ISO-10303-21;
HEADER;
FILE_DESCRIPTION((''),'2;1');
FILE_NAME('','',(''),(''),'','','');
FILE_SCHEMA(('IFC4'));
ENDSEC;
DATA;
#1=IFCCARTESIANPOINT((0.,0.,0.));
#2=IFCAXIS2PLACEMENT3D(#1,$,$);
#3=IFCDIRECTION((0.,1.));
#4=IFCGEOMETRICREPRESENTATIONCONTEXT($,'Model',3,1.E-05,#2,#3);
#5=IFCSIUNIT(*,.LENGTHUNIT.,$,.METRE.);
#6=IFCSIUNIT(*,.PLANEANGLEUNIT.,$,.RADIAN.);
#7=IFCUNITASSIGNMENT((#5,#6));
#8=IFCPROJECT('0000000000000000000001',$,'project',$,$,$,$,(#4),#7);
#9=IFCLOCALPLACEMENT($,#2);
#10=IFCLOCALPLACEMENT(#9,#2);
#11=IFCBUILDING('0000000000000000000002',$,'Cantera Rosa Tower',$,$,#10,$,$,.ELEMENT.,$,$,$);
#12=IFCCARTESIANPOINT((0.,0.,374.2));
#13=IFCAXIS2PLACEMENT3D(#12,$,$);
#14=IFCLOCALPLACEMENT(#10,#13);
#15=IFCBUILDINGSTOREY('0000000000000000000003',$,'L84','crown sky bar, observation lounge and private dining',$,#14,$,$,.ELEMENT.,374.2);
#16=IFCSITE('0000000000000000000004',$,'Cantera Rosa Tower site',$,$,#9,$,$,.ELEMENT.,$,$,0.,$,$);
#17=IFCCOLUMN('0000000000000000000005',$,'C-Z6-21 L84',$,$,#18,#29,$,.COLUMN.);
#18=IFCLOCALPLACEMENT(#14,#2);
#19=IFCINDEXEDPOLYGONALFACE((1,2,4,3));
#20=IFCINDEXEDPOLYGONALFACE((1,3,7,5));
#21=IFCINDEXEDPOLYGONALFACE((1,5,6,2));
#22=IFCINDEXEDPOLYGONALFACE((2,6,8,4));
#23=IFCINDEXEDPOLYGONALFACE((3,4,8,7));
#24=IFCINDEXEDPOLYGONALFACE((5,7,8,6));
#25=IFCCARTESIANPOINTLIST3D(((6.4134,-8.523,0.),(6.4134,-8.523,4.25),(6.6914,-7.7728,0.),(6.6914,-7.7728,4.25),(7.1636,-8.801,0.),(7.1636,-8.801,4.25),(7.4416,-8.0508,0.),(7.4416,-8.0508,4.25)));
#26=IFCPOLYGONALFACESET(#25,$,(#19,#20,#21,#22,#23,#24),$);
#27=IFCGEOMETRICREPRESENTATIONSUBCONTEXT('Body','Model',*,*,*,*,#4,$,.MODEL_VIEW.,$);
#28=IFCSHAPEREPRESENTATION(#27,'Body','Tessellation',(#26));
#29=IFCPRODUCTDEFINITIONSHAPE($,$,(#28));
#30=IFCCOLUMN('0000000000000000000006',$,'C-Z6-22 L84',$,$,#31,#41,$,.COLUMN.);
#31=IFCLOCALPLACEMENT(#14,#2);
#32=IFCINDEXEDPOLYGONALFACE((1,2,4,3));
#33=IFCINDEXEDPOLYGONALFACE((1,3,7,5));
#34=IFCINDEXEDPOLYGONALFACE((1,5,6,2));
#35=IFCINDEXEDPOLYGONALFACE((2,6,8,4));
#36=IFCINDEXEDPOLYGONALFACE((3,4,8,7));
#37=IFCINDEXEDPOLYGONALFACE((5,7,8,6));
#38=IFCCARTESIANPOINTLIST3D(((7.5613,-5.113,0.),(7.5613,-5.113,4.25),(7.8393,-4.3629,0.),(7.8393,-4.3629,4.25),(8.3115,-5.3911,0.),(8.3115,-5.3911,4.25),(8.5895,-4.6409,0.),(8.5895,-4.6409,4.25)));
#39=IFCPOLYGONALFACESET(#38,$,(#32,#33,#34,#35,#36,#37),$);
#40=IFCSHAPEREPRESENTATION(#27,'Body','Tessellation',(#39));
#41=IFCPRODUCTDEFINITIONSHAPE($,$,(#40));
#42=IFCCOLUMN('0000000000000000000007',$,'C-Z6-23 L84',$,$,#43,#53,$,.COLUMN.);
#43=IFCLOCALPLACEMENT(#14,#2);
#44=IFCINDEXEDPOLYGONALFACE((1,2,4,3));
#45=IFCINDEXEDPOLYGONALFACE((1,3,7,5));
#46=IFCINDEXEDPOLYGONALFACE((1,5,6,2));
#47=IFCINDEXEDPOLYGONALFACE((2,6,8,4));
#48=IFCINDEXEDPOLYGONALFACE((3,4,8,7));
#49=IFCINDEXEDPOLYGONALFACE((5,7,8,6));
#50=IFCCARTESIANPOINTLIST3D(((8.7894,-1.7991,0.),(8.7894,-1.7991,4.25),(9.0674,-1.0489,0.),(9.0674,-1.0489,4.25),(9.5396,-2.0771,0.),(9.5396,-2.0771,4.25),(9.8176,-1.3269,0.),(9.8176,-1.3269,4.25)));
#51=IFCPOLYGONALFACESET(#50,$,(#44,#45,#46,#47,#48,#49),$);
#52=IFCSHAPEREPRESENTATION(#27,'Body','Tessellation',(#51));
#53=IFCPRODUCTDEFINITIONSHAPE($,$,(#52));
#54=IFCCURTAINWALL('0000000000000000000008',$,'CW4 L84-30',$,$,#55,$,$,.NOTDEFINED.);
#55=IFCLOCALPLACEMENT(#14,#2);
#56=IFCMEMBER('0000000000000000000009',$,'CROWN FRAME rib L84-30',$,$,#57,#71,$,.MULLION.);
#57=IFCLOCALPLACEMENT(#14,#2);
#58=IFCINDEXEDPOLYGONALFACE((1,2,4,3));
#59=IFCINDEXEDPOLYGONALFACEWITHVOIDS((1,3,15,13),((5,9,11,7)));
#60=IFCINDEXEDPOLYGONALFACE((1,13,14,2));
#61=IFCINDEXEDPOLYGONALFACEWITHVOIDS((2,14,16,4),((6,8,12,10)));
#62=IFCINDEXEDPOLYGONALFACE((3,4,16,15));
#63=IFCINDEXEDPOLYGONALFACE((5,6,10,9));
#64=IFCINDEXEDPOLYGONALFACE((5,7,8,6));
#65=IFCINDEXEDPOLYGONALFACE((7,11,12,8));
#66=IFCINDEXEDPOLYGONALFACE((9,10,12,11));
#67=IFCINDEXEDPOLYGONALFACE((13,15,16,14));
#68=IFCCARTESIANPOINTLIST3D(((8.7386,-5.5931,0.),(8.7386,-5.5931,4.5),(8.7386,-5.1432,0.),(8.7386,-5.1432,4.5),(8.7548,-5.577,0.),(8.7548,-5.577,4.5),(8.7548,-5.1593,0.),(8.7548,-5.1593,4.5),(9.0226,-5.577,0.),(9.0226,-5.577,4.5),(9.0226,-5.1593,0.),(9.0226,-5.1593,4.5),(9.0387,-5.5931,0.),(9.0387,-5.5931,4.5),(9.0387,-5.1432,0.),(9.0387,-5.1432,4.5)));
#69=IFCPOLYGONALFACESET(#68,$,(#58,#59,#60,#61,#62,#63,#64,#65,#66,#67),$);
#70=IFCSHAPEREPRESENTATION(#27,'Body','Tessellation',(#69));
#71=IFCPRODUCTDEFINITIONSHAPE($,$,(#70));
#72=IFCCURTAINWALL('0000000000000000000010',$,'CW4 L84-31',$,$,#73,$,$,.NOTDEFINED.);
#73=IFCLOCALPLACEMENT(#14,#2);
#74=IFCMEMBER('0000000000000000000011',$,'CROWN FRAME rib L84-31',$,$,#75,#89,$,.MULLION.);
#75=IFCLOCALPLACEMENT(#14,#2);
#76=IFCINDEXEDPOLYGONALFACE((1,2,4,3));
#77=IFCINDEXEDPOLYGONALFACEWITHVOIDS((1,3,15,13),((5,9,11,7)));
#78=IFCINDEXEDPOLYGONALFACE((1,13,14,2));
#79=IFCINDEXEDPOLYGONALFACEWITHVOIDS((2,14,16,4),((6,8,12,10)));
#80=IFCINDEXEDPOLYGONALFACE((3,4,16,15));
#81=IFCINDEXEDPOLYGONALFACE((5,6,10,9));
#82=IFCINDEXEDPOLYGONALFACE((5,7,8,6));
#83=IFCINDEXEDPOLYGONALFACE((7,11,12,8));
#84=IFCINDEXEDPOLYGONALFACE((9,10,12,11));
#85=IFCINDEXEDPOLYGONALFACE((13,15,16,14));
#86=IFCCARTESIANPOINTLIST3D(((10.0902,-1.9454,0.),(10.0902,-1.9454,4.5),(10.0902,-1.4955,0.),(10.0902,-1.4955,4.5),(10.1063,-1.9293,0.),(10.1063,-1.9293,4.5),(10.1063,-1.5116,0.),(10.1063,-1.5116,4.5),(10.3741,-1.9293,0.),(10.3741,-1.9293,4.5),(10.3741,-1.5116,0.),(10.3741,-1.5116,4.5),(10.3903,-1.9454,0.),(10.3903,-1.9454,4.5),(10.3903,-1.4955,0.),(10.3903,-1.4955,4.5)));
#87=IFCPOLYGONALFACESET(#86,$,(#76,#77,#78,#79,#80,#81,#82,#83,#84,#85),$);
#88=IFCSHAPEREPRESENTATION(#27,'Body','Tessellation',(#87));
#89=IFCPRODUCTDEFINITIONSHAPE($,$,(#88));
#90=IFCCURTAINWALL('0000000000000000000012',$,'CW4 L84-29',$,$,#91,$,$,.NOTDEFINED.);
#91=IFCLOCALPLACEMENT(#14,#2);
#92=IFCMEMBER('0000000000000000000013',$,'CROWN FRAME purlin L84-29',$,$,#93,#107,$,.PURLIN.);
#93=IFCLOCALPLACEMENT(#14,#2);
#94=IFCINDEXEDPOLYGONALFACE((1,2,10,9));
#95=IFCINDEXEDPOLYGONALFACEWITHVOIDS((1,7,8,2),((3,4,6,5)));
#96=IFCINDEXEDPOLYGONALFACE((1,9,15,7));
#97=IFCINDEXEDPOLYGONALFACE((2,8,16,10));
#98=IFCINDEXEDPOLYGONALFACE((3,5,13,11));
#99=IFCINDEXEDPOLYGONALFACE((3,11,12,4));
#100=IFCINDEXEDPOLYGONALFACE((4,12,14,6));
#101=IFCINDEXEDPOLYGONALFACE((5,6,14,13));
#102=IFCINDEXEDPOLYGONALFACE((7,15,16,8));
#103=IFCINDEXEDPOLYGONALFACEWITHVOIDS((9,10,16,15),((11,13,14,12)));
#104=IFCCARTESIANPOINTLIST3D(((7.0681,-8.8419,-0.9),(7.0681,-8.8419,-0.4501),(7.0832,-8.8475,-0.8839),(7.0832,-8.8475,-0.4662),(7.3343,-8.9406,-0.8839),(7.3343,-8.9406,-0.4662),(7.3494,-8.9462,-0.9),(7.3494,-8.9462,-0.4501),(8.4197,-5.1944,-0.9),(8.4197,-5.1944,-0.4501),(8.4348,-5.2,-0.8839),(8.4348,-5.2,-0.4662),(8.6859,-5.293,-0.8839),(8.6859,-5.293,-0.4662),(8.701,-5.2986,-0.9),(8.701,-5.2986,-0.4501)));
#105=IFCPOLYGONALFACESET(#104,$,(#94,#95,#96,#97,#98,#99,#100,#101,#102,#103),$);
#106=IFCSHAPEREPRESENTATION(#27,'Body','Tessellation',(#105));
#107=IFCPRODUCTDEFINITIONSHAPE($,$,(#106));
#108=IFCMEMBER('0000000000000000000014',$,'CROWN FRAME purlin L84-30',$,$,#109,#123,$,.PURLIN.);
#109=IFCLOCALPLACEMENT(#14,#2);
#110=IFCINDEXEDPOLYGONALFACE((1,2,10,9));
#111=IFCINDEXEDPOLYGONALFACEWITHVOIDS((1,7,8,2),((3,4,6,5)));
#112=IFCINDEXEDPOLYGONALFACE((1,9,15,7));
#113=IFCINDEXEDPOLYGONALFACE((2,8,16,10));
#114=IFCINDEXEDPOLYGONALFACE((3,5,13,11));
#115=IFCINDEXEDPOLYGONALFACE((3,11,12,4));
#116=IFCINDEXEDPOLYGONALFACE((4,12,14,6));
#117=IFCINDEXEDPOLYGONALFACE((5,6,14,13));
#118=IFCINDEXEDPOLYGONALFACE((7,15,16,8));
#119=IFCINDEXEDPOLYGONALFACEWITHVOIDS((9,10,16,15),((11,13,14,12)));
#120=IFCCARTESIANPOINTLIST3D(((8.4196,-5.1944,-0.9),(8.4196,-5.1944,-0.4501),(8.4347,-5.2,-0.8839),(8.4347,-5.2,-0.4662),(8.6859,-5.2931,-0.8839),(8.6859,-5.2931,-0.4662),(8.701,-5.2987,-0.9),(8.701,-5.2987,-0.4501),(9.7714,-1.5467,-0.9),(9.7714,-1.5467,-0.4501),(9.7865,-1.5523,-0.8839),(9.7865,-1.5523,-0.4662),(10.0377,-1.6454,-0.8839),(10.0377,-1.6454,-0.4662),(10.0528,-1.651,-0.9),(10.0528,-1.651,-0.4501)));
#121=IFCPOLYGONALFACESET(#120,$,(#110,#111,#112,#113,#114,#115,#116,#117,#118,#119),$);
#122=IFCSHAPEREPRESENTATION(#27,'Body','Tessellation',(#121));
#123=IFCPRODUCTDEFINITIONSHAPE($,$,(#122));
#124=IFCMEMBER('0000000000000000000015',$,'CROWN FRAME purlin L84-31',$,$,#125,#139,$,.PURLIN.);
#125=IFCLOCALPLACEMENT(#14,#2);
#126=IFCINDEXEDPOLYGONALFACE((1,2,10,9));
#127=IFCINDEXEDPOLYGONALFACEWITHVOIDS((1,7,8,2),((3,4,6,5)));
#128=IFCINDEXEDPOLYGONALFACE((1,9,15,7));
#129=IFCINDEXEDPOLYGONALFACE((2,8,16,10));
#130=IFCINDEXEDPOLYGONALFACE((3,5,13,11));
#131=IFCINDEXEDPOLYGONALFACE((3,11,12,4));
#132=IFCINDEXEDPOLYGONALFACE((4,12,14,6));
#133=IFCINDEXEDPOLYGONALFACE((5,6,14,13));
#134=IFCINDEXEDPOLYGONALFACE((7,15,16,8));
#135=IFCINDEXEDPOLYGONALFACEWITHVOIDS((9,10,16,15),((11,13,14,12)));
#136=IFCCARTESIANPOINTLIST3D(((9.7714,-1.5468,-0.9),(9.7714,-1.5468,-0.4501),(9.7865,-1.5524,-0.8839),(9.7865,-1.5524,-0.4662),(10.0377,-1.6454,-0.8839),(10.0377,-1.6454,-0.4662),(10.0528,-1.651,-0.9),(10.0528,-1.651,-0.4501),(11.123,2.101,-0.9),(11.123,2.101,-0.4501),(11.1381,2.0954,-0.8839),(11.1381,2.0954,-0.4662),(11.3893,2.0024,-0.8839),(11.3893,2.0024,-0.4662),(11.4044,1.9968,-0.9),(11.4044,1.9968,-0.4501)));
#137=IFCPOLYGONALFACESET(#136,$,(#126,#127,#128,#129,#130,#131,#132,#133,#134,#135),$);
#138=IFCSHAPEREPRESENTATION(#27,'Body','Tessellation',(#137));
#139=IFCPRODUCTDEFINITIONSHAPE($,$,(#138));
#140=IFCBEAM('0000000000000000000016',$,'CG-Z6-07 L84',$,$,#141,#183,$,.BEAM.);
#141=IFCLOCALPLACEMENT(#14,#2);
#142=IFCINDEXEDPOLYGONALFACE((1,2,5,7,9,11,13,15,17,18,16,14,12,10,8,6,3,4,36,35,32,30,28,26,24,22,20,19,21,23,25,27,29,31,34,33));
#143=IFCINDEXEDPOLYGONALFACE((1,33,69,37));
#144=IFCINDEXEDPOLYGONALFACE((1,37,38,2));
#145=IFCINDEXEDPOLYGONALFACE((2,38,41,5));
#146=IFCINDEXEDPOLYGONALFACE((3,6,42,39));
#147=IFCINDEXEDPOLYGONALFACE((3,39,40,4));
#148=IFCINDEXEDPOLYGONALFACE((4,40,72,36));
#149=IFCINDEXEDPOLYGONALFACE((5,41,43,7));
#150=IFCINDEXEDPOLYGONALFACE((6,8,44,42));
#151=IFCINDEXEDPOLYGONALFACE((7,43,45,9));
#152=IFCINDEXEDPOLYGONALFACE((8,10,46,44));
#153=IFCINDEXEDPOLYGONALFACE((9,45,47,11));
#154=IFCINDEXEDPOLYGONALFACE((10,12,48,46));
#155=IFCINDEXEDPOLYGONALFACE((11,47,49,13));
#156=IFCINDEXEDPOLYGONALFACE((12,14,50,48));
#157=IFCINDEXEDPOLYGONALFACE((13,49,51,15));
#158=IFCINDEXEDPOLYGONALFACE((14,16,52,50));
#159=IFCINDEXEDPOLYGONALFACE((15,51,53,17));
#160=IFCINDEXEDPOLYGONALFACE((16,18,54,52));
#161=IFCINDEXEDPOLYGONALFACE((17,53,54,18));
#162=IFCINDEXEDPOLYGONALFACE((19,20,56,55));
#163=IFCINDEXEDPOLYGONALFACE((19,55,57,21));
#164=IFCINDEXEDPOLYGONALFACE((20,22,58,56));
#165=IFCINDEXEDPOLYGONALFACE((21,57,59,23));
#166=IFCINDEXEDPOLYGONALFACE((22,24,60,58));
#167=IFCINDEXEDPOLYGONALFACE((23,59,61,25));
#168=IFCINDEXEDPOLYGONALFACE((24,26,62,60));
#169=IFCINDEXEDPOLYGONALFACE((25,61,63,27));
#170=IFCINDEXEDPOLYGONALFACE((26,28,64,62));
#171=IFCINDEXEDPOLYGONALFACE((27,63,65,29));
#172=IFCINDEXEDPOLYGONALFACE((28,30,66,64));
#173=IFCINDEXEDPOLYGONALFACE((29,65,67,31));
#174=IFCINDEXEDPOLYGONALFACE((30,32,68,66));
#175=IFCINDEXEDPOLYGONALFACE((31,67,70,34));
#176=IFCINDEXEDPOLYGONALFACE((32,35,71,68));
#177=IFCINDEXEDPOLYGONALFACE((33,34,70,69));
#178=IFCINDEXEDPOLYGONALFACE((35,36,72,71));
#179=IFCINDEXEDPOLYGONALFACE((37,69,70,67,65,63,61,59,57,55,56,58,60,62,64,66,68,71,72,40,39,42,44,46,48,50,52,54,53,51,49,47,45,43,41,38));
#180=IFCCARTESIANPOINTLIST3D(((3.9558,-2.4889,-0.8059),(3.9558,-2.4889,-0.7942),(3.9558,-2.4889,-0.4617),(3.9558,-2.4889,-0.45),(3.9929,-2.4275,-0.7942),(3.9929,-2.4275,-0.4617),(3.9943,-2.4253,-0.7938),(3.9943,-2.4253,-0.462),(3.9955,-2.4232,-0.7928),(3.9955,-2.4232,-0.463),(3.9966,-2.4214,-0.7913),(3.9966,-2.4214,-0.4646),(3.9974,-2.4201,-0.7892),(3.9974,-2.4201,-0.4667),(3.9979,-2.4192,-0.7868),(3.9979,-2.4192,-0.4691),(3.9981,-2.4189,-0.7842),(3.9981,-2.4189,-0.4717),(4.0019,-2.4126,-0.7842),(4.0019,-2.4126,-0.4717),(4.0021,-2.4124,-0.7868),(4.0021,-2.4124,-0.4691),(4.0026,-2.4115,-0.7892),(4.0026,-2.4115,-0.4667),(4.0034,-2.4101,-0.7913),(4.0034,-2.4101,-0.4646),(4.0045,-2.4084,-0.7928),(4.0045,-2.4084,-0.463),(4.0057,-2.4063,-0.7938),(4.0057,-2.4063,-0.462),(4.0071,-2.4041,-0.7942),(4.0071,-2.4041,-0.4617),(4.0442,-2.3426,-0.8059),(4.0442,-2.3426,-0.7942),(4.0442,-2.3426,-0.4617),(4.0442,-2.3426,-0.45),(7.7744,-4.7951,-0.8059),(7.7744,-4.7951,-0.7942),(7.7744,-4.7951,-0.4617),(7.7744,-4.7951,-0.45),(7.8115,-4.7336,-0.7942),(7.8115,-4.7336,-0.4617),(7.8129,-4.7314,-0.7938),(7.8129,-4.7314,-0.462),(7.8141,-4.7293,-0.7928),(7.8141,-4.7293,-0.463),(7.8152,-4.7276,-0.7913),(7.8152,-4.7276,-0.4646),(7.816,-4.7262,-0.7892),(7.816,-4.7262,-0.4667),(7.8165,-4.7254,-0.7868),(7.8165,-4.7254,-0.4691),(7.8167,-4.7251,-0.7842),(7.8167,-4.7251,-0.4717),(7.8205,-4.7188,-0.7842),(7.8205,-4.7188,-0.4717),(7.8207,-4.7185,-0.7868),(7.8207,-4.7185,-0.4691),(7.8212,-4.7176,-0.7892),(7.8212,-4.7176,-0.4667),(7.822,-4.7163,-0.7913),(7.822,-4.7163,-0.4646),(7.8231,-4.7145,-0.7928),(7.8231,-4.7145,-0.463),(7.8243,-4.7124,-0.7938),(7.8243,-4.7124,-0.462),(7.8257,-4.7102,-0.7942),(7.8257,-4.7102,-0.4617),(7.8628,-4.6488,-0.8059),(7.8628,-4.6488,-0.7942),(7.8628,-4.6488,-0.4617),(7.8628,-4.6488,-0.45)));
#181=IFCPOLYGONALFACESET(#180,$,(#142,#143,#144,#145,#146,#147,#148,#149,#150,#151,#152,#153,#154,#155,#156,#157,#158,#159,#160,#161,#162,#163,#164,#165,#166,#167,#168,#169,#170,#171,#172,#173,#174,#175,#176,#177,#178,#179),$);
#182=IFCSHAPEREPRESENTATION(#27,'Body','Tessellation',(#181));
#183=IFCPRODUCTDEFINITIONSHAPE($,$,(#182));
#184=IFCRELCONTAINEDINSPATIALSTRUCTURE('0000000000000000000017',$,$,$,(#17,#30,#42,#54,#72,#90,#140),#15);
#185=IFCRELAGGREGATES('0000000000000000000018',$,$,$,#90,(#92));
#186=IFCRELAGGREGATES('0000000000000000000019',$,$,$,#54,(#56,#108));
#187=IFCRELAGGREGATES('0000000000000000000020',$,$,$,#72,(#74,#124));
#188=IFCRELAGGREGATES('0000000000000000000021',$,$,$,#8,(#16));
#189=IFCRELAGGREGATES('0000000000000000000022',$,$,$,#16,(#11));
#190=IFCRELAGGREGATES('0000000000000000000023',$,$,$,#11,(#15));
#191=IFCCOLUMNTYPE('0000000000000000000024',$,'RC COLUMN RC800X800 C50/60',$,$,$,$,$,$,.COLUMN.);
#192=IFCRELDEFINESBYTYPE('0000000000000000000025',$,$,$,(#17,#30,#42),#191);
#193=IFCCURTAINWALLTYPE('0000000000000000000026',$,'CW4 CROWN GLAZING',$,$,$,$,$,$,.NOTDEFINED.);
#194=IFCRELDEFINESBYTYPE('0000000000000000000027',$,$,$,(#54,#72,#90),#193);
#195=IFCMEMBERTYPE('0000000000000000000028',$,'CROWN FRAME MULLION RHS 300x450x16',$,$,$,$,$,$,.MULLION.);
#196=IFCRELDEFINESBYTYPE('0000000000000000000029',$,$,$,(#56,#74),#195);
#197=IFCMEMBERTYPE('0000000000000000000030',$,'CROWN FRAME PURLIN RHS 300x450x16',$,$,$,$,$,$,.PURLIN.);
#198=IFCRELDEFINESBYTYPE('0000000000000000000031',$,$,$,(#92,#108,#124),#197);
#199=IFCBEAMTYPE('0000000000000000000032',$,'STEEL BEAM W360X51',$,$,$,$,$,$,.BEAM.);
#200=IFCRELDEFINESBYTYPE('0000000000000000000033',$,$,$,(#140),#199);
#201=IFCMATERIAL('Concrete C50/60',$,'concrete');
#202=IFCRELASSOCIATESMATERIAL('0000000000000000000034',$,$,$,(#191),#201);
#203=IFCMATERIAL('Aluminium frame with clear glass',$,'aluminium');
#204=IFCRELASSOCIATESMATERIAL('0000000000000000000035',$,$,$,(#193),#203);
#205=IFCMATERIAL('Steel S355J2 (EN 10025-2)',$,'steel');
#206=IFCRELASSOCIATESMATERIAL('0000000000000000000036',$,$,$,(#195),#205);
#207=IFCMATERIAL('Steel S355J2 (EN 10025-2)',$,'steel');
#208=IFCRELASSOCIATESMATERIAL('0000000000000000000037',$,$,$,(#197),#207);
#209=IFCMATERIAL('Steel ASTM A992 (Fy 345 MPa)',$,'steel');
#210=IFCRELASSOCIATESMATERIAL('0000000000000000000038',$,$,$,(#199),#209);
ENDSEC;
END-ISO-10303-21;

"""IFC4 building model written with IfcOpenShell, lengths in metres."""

from ifc_helpers import new_model, si_unit, direction, frame, origin, origin_2d, place, context, subcontext, project, spatial, rectangle, hollow_rectangle, i_section, extrude, material, material_profile, profile_set, type_object, element, aggregate, save


model = new_model("IFC4")

# Units and contexts
model_context = context("Model", 3, precision=1e-05, world=origin(), true_north=direction((0.0, 1.0)))
body_context = subcontext(model_context, "Body", "Model", "MODEL_VIEW")
ifc_project = project(units=[si_unit("LENGTHUNIT", "METRE"), si_unit("PLANEANGLEUNIT", "RADIAN")], contexts=[model_context])

# Site, building, storey
site_placement = place(None, origin())
site = spatial("IfcSite", under=ifc_project, at=site_placement, Name="Cantera Rosa Tower site", CompositionType="ELEMENT", RefElevation=0.0)
building_placement = place(site_placement, origin())
building = spatial("IfcBuilding", under=site, at=building_placement, Name="Cantera Rosa Tower", CompositionType="ELEMENT")
storey_placement = place(building_placement, frame((0.0, 0.0, 374.2)))
storey = spatial("IfcBuildingStorey", under=building, at=storey_placement, Name="L84", Description="crown sky bar, observation lounge and private dining", CompositionType="ELEMENT", Elevation=374.2)

# Columns
ifc_material_1 = material(Name="Concrete C50/60", Category="concrete")
ifc_material_profile_1 = material_profile(ifc_material_1, rectangle(XDim=0.8, YDim=0.8, at=origin_2d()), Name="RC COLUMN RC800X800 C50/60")
ifc_profile_set_1 = profile_set([ifc_material_profile_1], Name="Concrete C50/60")
column_type = type_object("IfcColumnType", Name="RC COLUMN RC800X800 C50/60", PredefinedType="COLUMN", material=ifc_profile_set_1)
for number, where, z_axis, x_axis, name in (
    (1, (6.9275, -8.2869, 0.0), (0.0, 0.0, 1.0), (0.347481, 0.937687, 0.0), "C-Z6-21 L84"),
    (2, (8.0754, -4.877, 0.0), (0.0, 0.0, 1.0), (0.347481, 0.937687, 0.0), "C-Z6-22 L84"),
    (3, (9.3035, -1.563, 0.0), (0.0, 0.0, 1.0), (0.347481, 0.937687, 0.0), "C-Z6-23 L84"),
):
    element("IfcColumn", number, at=place(storey_placement, frame(where, z_axis=z_axis, x_axis=x_axis)), inside=storey, type_object=column_type, Name=name, PredefinedType="COLUMN", context=body_context, shape_type="SweptSolid", body=[
        extrude(rectangle(XDim=0.8, YDim=0.8, at=origin_2d()), origin(), (0.0, 0.0, 1.0), 4.25),
    ])

# Curtain walls, members
ifc_material_2 = material(Name="Aluminium frame with clear glass", Category="aluminium")
curtain_wall_type = type_object("IfcCurtainWallType", Name="CW4 CROWN GLAZING", PredefinedType="NOTDEFINED", material=ifc_material_2)
curtain_wall_1_placement = place(storey_placement, origin())
curtain_wall_1 = element("IfcCurtainWall", 4, at=curtain_wall_1_placement, inside=storey, type_object=curtain_wall_type, Name="CW4 L84-30", PredefinedType="NOTDEFINED")
ifc_material_3 = material(Name="Steel S355J2 (EN 10025-2)", Category="steel")
ifc_material_profile_2 = material_profile(ifc_material_3, hollow_rectangle(XDim=0.3, YDim=0.45, WallThickness=0.0161, at=origin_2d()), Name="CROWN FRAME MULLION RHS 300x450x16")
ifc_profile_set_2 = profile_set([ifc_material_profile_2], Name="Steel S355J2 (EN 10025-2)")
member_type_1 = type_object("IfcMemberType", Name="CROWN FRAME MULLION RHS 300x450x16", PredefinedType="MULLION", material=ifc_profile_set_2)
member_1_placement = place(storey_placement, frame((8.8887, -5.3682, 0.0), z_axis=(0.0, 0.0, 1.0), x_axis=(1.0, 0.0, 0.0)))
member_1 = element("IfcMember", 5, at=member_1_placement, type_object=member_type_1, Name="CROWN FRAME rib L84-30", PredefinedType="MULLION", context=body_context, shape_type="SweptSolid", body=[
    extrude(hollow_rectangle(XDim=0.3, YDim=0.45, WallThickness=0.0161, at=origin_2d()), origin(), (0.0, 0.0, 1.0), 4.5),
])
curtain_wall_2_placement = place(storey_placement, origin())
curtain_wall_2 = element("IfcCurtainWall", 6, at=curtain_wall_2_placement, inside=storey, type_object=curtain_wall_type, Name="CW4 L84-31", PredefinedType="NOTDEFINED")
member_2_placement = place(storey_placement, frame((10.2402, -1.7205, 0.0), z_axis=(0.0, 0.0, 1.0), x_axis=(1.0, 0.0, 0.0)))
member_2 = element("IfcMember", 7, at=member_2_placement, type_object=member_type_1, Name="CROWN FRAME rib L84-31", PredefinedType="MULLION", context=body_context, shape_type="SweptSolid", body=[
    extrude(hollow_rectangle(XDim=0.3, YDim=0.45, WallThickness=0.0161, at=origin_2d()), origin(), (0.0, 0.0, 1.0), 4.5),
])
curtain_wall_3_placement = place(storey_placement, origin())
curtain_wall_3 = element("IfcCurtainWall", 8, at=curtain_wall_3_placement, inside=storey, type_object=curtain_wall_type, Name="CW4 L84-29", PredefinedType="NOTDEFINED")
ifc_material_4 = material(Name="Steel S355J2 (EN 10025-2)", Category="steel")
ifc_material_profile_3 = material_profile(ifc_material_4, hollow_rectangle(XDim=0.3, YDim=0.45, WallThickness=0.0161, at=origin_2d()), Name="CROWN FRAME PURLIN RHS 300x450x16")
ifc_profile_set_3 = profile_set([ifc_material_profile_3], Name="Steel S355J2 (EN 10025-2)")
member_type_2 = type_object("IfcMemberType", Name="CROWN FRAME PURLIN RHS 300x450x16", PredefinedType="PURLIN", material=ifc_profile_set_3)
member_3_placement = place(storey_placement, frame((7.2087, -8.894, -0.675), z_axis=(0.347462, 0.937694, 0.0), x_axis=(-0.937694, 0.347462, 0.0)))
member_3 = element("IfcMember", 9, at=member_3_placement, type_object=member_type_2, Name="CROWN FRAME purlin L84-29", PredefinedType="PURLIN", context=body_context, shape_type="SweptSolid", body=[
    extrude(hollow_rectangle(XDim=0.3, YDim=0.45, WallThickness=0.0161, at=origin_2d()), origin(), (0.0, 0.0, 1.0), 3.8899),
])

# Members
member_4_placement = place(storey_placement, frame((8.5603, -5.2466, -0.675), z_axis=(0.347496, 0.937681, 0.0), x_axis=(-0.937681, 0.347496, 0.0)))
member_4 = element("IfcMember", 10, at=member_4_placement, type_object=member_type_2, Name="CROWN FRAME purlin L84-30", PredefinedType="PURLIN", context=body_context, shape_type="SweptSolid", body=[
    extrude(hollow_rectangle(XDim=0.3, YDim=0.45, WallThickness=0.0161, at=origin_2d()), origin(), (0.0, 0.0, 1.0), 3.8901),
])
member_5_placement = place(storey_placement, frame((9.9121, -1.5989, -0.675), z_axis=(0.347441, 0.937702, 0.0), x_axis=(-0.937702, 0.347441, 0.0)))
member_5 = element("IfcMember", 11, at=member_5_placement, type_object=member_type_2, Name="CROWN FRAME purlin L84-31", PredefinedType="PURLIN", context=body_context, shape_type="SweptSolid", body=[
    extrude(hollow_rectangle(XDim=0.3, YDim=0.45, WallThickness=0.0161, at=origin_2d()), origin(), (0.0, 0.0, 1.0), 3.8901),
])

# Beam
ifc_material_5 = material(Name="Steel ASTM A992 (Fy 345 MPa)", Category="steel")
ifc_material_profile_4 = material_profile(ifc_material_5, i_section(OverallWidth=0.1709, OverallDepth=0.356, WebThickness=0.0073, FlangeThickness=0.0117, FilletRadius=0.01, at=origin_2d()), Name="W360X51")
ifc_profile_set_4 = profile_set([ifc_material_profile_4], Name="Steel ASTM A992 (Fy 345 MPa)")
beam_type_1 = type_object("IfcBeamType", Name="STEEL BEAM W360X51", PredefinedType="BEAM", material=ifc_profile_set_4)
beam_1_placement = place(storey_placement, frame((7.8186, -4.7219, -0.6279), z_axis=(-0.856007, 0.516964, 0.0), x_axis=(-0.516964, -0.856007, 0.0)))
element("IfcBeam", 12, at=beam_1_placement, inside=storey, type_object=beam_type_1, Name="CG-Z6-07 L84", PredefinedType="BEAM", context=body_context, shape_type="SweptSolid", body=[
    extrude(i_section(OverallWidth=0.1709, OverallDepth=0.356, WebThickness=0.0073, FlangeThickness=0.0117, FilletRadius=0.01, at=origin_2d()), origin(), (0.0, 0.0, 1.0), 4.4609),
])

aggregate(curtain_wall_3, [member_3])
aggregate(curtain_wall_1, [member_1, member_4])
aggregate(curtain_wall_2, [member_2, member_5])

save(model, "model.ifc")
